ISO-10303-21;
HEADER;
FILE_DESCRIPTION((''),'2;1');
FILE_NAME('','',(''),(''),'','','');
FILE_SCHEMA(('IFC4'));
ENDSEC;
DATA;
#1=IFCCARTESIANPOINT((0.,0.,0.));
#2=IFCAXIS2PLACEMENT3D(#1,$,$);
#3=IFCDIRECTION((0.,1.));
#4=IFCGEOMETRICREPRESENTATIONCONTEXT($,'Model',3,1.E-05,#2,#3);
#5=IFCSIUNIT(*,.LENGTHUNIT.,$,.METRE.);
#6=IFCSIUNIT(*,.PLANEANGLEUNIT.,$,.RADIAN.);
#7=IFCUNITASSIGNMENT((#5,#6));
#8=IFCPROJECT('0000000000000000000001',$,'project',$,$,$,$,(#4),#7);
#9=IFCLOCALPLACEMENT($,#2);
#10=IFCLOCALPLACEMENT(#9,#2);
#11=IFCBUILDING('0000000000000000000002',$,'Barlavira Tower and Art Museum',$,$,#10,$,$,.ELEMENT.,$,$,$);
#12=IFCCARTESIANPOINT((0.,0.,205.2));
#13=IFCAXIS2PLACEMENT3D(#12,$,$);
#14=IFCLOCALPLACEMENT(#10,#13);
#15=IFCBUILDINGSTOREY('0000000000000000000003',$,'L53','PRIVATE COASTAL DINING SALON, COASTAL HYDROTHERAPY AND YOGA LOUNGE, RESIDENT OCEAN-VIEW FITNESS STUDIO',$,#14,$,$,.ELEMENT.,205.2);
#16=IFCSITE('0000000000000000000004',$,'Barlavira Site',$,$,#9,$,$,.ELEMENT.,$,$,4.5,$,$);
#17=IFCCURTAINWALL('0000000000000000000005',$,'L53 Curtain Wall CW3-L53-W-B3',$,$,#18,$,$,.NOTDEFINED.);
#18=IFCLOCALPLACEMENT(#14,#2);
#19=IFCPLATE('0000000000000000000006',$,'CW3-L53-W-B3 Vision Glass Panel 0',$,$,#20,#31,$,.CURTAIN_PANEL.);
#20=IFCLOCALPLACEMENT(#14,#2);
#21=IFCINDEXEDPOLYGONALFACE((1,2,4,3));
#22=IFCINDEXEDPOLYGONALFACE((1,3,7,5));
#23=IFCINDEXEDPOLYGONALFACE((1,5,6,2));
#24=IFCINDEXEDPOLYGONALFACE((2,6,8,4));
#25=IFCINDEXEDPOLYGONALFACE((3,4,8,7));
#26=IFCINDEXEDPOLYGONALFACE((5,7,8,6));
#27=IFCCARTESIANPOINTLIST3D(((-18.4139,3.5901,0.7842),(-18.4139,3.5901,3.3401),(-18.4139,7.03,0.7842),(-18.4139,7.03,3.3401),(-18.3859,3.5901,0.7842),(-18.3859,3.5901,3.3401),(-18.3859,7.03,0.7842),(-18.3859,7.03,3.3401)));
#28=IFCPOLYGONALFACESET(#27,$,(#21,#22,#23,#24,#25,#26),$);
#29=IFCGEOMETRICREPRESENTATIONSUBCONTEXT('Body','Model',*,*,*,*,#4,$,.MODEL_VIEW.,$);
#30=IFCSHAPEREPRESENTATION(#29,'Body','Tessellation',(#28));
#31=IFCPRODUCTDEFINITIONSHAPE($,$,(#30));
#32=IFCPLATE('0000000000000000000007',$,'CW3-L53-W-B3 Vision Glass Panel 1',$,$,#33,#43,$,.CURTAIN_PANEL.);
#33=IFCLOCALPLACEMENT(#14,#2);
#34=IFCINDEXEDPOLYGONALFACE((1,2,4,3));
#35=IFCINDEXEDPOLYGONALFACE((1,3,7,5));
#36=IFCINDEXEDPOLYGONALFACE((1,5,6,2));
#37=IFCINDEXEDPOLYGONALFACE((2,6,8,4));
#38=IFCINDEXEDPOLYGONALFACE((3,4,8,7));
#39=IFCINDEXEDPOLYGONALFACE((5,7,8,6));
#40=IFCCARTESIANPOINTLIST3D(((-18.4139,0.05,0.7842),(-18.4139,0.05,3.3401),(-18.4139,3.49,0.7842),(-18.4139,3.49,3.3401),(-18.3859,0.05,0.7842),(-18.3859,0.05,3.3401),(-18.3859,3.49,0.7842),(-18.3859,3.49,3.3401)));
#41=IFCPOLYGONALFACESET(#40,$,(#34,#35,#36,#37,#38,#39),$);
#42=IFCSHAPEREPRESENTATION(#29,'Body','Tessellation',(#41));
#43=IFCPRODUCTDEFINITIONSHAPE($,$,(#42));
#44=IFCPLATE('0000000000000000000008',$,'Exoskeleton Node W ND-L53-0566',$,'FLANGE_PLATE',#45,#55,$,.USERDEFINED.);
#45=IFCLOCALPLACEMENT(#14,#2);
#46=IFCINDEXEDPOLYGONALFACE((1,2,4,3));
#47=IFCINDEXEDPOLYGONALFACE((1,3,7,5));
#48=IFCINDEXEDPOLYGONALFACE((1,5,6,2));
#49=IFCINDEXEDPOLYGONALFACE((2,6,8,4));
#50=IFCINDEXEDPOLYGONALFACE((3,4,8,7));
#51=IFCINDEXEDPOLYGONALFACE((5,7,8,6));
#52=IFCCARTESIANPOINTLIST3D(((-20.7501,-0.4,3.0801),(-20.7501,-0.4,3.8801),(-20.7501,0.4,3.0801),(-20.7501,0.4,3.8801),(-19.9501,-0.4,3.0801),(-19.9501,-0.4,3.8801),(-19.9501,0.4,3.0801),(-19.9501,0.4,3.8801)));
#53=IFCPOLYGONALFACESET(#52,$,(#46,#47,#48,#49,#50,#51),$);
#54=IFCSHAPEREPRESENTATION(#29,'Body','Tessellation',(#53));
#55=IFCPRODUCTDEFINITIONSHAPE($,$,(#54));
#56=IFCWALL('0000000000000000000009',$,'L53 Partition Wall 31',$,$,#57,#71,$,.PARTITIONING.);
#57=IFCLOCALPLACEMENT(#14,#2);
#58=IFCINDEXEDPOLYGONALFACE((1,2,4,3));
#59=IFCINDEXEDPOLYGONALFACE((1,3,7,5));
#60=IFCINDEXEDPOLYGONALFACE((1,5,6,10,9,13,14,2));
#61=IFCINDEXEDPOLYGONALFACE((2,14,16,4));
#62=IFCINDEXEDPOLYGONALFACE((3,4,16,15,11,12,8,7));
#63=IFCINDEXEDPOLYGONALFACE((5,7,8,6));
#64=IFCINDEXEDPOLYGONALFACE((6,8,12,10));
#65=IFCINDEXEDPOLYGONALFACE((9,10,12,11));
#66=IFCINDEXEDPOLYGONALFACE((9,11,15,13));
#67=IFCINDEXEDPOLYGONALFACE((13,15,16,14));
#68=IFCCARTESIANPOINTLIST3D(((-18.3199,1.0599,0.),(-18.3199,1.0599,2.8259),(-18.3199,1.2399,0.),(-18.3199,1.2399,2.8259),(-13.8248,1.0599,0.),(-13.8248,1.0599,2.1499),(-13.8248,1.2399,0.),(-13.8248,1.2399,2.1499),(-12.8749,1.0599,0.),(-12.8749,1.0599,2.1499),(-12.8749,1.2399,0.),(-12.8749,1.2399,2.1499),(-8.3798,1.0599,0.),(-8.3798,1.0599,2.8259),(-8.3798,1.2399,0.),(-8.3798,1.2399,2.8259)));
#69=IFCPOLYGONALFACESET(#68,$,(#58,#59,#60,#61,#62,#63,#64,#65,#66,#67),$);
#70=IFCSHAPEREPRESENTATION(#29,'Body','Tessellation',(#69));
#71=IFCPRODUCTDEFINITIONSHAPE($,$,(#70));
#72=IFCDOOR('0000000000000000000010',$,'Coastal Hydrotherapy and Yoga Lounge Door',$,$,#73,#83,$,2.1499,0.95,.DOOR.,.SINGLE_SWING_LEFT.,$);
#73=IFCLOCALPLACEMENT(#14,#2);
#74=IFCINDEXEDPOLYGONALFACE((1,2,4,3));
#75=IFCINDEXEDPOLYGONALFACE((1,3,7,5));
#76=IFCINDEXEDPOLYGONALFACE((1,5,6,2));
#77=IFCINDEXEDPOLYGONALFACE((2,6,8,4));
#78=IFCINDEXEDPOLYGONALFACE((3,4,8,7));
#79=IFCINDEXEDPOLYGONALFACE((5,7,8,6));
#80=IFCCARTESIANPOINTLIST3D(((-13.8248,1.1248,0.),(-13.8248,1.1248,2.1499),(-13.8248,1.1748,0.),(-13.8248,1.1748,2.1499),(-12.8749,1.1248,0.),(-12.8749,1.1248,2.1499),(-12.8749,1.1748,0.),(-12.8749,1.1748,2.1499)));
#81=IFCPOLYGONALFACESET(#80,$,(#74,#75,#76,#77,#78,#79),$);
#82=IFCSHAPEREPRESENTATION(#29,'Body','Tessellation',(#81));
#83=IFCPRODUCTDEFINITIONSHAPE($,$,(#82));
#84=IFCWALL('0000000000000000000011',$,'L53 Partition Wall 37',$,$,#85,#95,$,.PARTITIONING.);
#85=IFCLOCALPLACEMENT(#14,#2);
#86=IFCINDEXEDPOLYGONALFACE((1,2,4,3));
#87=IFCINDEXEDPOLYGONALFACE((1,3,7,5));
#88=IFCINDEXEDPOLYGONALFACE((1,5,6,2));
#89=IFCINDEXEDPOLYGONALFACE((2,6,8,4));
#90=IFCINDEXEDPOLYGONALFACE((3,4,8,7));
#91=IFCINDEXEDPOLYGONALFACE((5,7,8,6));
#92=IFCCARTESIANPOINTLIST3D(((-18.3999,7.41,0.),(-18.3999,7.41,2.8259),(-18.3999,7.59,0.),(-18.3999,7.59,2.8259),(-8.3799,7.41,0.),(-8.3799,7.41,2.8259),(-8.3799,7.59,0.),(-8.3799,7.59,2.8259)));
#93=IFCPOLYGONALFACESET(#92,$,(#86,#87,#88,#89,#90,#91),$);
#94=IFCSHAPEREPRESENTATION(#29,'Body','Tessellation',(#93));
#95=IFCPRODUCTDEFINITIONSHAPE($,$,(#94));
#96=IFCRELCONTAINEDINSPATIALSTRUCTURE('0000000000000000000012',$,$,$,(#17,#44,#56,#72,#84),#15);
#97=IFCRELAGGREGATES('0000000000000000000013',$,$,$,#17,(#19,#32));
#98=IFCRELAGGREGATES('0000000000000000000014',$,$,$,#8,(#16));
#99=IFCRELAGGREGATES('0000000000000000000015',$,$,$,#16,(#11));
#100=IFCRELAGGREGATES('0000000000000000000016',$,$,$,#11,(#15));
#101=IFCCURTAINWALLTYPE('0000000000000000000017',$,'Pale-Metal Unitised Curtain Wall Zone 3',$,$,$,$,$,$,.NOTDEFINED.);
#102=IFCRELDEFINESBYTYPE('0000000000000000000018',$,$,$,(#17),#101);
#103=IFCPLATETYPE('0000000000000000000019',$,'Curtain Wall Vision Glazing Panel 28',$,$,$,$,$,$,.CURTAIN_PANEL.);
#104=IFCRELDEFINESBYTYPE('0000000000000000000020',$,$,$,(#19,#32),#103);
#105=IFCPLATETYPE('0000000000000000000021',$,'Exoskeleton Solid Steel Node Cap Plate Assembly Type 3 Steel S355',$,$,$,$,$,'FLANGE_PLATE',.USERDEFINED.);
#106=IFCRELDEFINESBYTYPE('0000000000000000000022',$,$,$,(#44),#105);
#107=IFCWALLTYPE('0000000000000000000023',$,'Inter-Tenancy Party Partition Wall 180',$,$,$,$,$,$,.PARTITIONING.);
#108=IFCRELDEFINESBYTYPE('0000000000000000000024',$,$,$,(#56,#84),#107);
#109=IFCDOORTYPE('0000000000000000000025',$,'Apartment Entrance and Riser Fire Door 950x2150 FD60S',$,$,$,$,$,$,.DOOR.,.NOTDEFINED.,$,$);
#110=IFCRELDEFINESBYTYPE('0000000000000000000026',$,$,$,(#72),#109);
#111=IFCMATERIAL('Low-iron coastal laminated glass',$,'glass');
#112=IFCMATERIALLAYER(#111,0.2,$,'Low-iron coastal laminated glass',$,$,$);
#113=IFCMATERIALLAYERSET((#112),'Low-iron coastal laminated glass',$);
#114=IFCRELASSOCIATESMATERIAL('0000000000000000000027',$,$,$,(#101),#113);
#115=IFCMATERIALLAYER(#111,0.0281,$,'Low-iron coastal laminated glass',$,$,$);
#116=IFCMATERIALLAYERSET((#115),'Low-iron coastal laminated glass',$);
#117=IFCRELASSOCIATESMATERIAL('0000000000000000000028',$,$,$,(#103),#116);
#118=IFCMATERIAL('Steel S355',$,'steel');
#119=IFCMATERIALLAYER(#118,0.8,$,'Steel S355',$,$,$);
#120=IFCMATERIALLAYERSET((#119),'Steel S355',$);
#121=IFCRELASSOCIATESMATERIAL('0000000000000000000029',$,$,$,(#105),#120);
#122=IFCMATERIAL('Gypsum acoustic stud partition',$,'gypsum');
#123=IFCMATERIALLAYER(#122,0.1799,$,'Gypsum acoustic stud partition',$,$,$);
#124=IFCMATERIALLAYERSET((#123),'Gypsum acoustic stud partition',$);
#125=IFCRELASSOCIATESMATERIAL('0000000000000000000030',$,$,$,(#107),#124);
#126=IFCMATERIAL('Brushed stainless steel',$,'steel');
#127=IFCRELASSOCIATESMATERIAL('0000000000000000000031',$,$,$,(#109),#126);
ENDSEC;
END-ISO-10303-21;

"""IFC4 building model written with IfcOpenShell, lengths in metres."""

from ifc_helpers import new_model, si_unit, direction, frame, frame_2d, origin, origin_2d, place, context, subcontext, project, spatial, rectangle, extrude, material, layer, layer_set, type_object, element, fill, aggregate, save


model = new_model("IFC4")

# Units and contexts
model_context = context("Model", 3, precision=1e-05, world=origin(), true_north=direction((0.0, 1.0)))
body_context = subcontext(model_context, "Body", "Model", "MODEL_VIEW")
ifc_project = project(units=[si_unit("LENGTHUNIT", "METRE"), si_unit("PLANEANGLEUNIT", "RADIAN")], contexts=[model_context])

# Site, building, storey
site_placement = place(None, origin())
site = spatial("IfcSite", under=ifc_project, at=site_placement, Name="Barlavira Site", CompositionType="ELEMENT", RefElevation=4.5)
building_placement = place(site_placement, origin())
building = spatial("IfcBuilding", under=site, at=building_placement, Name="Barlavira Tower and Art Museum", CompositionType="ELEMENT")
storey_placement = place(building_placement, frame((0.0, 0.0, 205.2)))
storey = spatial("IfcBuildingStorey", under=building, at=storey_placement, Name="L53", Description="PRIVATE COASTAL DINING SALON, COASTAL HYDROTHERAPY AND YOGA LOUNGE, RESIDENT OCEAN-VIEW FITNESS STUDIO", CompositionType="ELEMENT", Elevation=205.2)

# Curtain wall
ifc_material_1 = material(Name="Low-iron coastal laminated glass", Category="glass")
ifc_layer_1 = layer(ifc_material_1, 0.2, Name="Low-iron coastal laminated glass")
ifc_layer_set_1 = layer_set([ifc_layer_1], Name="Low-iron coastal laminated glass")
curtain_wall_type = type_object("IfcCurtainWallType", Name="Pale-Metal Unitised Curtain Wall Zone 3", PredefinedType="NOTDEFINED", material=ifc_layer_set_1)
curtain_wall_placement = place(storey_placement, origin())
curtain_wall = element("IfcCurtainWall", 1, at=curtain_wall_placement, inside=storey, type_object=curtain_wall_type, Name="L53 Curtain Wall CW3-L53-W-B3", PredefinedType="NOTDEFINED")

# Shared definitions
ifc_material_2 = material(Name="Steel S355", Category="steel")

# Plates
ifc_layer_2 = layer(ifc_material_1, 0.0281, Name="Low-iron coastal laminated glass")
ifc_layer_set_2 = layer_set([ifc_layer_2], Name="Low-iron coastal laminated glass")
plate_type_1 = type_object("IfcPlateType", Name="Curtain Wall Vision Glazing Panel 28", PredefinedType="CURTAIN_PANEL", material=ifc_layer_set_2)
plate_1_placement = place(storey_placement, frame((-18.3999, 5.3101, 0.7842), z_axis=(0.0, 0.0, 1.0), x_axis=(0.0, -1.0, 0.0)))
plate_1 = element("IfcPlate", 2, at=plate_1_placement, type_object=plate_type_1, Name="CW3-L53-W-B3 Vision Glass Panel 0", PredefinedType="CURTAIN_PANEL", context=body_context, shape_type="SweptSolid", body=[
    extrude(rectangle(XDim=3.4399, YDim=0.0281, at=origin_2d()), origin(), (0.0, 0.0, 1.0), 2.5559),
])
plate_2_placement = place(storey_placement, frame((-18.3999, 1.77, 0.7842), z_axis=(0.0, 0.0, 1.0), x_axis=(0.0, -1.0, 0.0)))
plate_2 = element("IfcPlate", 3, at=plate_2_placement, type_object=plate_type_1, Name="CW3-L53-W-B3 Vision Glass Panel 1", PredefinedType="CURTAIN_PANEL", context=body_context, shape_type="SweptSolid", body=[
    extrude(rectangle(XDim=3.4399, YDim=0.0281, at=origin_2d()), origin(), (0.0, 0.0, 1.0), 2.5559),
])
aggregate(curtain_wall, [plate_1, plate_2])
ifc_layer_3 = layer(ifc_material_2, 0.8, Name="Steel S355")
ifc_layer_set_3 = layer_set([ifc_layer_3], Name="Steel S355")
plate_type_2 = type_object("IfcPlateType", Name="Exoskeleton Solid Steel Node Cap Plate Assembly Type 3 Steel S355", ElementType="FLANGE_PLATE", PredefinedType="USERDEFINED", material=ifc_layer_set_3)
plate_3_placement = place(storey_placement, frame((-20.3501, 0.0, 3.0801), z_axis=(0.0, 0.0, 1.0), x_axis=(1.0, 0.0, 0.0)))
element("IfcPlate", 4, at=plate_3_placement, inside=storey, type_object=plate_type_2, Name="Exoskeleton Node W ND-L53-0566", ObjectType="FLANGE_PLATE", PredefinedType="USERDEFINED", context=body_context, shape_type="SweptSolid", body=[
    extrude(rectangle(XDim=0.8, YDim=0.8, at=origin_2d()), origin(), (0.0, 0.0, 1.0), 0.8),
])

# Wall, opening, door
ifc_material_3 = material(Name="Gypsum acoustic stud partition", Category="gypsum")
ifc_layer_4 = layer(ifc_material_3, 0.1799, Name="Gypsum acoustic stud partition")
ifc_layer_set_4 = layer_set([ifc_layer_4], Name="Gypsum acoustic stud partition")
wall_type = type_object("IfcWallType", Name="Inter-Tenancy Party Partition Wall 180", PredefinedType="PARTITIONING", material=ifc_layer_set_4)
wall_1_placement = place(storey_placement, frame((-18.3201, 1.1499, 0.0), z_axis=(0.0, 0.0, 1.0), x_axis=(1.0, 0.0, 0.0)))
wall_1 = element("IfcWall", 5, at=wall_1_placement, inside=storey, type_object=wall_type, Name="L53 Partition Wall 31", PredefinedType="PARTITIONING", context=body_context, shape_type="SweptSolid", body=[
    extrude(rectangle(XDim=9.9402, YDim=0.1799, at=frame_2d((4.9702, 0.0))), origin(), (0.0, 0.0, 1.0), 2.8259),
])
opening_placement = place(wall_1_placement, frame((4.4951, 0.0, 0.0)))
opening = element("IfcOpeningElement", 6, at=opening_placement, cuts=wall_1, PredefinedType="OPENING", context=body_context, shape_type="SweptSolid", body=[
    extrude(rectangle(XDim=0.95, YDim=2.1499, at=frame_2d((0.4751, 1.075))), frame((0.0, 0.1001, 0.0), z_axis=(0.0, -1.0, 0.0), x_axis=(1.0, 0.0, 0.0)), (0.0, 0.0, 1.0), 0.2),
])
ifc_material_4 = material(Name="Brushed stainless steel", Category="steel")
door_type = type_object("IfcDoorType", Name="Apartment Entrance and Riser Fire Door 950x2150 FD60S", OperationType="NOTDEFINED", PredefinedType="DOOR", material=ifc_material_4)
door_placement = place(opening_placement, origin())
door = element("IfcDoor", 7, at=door_placement, inside=storey, type_object=door_type, Name="Coastal Hydrotherapy and Yoga Lounge Door", OperationType="SINGLE_SWING_LEFT", OverallHeight=2.1499, OverallWidth=0.95, PredefinedType="DOOR", context=body_context, shape_type="SweptSolid", body=[
    extrude(rectangle(XDim=0.95, YDim=2.1499, at=frame_2d((0.4751, 1.075))), frame((0.0, 0.0249, 0.0), z_axis=(0.0, -1.0, 0.0), x_axis=(1.0, 0.0, 0.0)), (0.0, 0.0, 1.0), 0.05),
])
fill(opening, door)

# Wall
wall_2_placement = place(storey_placement, frame((-18.3999, 7.5, 0.0), z_axis=(0.0, 0.0, 1.0), x_axis=(1.0, 0.0, 0.0)))
element("IfcWall", 8, at=wall_2_placement, inside=storey, type_object=wall_type, Name="L53 Partition Wall 37", PredefinedType="PARTITIONING", context=body_context, shape_type="SweptSolid", body=[
    extrude(rectangle(XDim=10.02, YDim=0.1799, at=frame_2d((5.01, 0.0))), origin(), (0.0, 0.0, 1.0), 2.8259),
])

save(model, "model.ifc")
